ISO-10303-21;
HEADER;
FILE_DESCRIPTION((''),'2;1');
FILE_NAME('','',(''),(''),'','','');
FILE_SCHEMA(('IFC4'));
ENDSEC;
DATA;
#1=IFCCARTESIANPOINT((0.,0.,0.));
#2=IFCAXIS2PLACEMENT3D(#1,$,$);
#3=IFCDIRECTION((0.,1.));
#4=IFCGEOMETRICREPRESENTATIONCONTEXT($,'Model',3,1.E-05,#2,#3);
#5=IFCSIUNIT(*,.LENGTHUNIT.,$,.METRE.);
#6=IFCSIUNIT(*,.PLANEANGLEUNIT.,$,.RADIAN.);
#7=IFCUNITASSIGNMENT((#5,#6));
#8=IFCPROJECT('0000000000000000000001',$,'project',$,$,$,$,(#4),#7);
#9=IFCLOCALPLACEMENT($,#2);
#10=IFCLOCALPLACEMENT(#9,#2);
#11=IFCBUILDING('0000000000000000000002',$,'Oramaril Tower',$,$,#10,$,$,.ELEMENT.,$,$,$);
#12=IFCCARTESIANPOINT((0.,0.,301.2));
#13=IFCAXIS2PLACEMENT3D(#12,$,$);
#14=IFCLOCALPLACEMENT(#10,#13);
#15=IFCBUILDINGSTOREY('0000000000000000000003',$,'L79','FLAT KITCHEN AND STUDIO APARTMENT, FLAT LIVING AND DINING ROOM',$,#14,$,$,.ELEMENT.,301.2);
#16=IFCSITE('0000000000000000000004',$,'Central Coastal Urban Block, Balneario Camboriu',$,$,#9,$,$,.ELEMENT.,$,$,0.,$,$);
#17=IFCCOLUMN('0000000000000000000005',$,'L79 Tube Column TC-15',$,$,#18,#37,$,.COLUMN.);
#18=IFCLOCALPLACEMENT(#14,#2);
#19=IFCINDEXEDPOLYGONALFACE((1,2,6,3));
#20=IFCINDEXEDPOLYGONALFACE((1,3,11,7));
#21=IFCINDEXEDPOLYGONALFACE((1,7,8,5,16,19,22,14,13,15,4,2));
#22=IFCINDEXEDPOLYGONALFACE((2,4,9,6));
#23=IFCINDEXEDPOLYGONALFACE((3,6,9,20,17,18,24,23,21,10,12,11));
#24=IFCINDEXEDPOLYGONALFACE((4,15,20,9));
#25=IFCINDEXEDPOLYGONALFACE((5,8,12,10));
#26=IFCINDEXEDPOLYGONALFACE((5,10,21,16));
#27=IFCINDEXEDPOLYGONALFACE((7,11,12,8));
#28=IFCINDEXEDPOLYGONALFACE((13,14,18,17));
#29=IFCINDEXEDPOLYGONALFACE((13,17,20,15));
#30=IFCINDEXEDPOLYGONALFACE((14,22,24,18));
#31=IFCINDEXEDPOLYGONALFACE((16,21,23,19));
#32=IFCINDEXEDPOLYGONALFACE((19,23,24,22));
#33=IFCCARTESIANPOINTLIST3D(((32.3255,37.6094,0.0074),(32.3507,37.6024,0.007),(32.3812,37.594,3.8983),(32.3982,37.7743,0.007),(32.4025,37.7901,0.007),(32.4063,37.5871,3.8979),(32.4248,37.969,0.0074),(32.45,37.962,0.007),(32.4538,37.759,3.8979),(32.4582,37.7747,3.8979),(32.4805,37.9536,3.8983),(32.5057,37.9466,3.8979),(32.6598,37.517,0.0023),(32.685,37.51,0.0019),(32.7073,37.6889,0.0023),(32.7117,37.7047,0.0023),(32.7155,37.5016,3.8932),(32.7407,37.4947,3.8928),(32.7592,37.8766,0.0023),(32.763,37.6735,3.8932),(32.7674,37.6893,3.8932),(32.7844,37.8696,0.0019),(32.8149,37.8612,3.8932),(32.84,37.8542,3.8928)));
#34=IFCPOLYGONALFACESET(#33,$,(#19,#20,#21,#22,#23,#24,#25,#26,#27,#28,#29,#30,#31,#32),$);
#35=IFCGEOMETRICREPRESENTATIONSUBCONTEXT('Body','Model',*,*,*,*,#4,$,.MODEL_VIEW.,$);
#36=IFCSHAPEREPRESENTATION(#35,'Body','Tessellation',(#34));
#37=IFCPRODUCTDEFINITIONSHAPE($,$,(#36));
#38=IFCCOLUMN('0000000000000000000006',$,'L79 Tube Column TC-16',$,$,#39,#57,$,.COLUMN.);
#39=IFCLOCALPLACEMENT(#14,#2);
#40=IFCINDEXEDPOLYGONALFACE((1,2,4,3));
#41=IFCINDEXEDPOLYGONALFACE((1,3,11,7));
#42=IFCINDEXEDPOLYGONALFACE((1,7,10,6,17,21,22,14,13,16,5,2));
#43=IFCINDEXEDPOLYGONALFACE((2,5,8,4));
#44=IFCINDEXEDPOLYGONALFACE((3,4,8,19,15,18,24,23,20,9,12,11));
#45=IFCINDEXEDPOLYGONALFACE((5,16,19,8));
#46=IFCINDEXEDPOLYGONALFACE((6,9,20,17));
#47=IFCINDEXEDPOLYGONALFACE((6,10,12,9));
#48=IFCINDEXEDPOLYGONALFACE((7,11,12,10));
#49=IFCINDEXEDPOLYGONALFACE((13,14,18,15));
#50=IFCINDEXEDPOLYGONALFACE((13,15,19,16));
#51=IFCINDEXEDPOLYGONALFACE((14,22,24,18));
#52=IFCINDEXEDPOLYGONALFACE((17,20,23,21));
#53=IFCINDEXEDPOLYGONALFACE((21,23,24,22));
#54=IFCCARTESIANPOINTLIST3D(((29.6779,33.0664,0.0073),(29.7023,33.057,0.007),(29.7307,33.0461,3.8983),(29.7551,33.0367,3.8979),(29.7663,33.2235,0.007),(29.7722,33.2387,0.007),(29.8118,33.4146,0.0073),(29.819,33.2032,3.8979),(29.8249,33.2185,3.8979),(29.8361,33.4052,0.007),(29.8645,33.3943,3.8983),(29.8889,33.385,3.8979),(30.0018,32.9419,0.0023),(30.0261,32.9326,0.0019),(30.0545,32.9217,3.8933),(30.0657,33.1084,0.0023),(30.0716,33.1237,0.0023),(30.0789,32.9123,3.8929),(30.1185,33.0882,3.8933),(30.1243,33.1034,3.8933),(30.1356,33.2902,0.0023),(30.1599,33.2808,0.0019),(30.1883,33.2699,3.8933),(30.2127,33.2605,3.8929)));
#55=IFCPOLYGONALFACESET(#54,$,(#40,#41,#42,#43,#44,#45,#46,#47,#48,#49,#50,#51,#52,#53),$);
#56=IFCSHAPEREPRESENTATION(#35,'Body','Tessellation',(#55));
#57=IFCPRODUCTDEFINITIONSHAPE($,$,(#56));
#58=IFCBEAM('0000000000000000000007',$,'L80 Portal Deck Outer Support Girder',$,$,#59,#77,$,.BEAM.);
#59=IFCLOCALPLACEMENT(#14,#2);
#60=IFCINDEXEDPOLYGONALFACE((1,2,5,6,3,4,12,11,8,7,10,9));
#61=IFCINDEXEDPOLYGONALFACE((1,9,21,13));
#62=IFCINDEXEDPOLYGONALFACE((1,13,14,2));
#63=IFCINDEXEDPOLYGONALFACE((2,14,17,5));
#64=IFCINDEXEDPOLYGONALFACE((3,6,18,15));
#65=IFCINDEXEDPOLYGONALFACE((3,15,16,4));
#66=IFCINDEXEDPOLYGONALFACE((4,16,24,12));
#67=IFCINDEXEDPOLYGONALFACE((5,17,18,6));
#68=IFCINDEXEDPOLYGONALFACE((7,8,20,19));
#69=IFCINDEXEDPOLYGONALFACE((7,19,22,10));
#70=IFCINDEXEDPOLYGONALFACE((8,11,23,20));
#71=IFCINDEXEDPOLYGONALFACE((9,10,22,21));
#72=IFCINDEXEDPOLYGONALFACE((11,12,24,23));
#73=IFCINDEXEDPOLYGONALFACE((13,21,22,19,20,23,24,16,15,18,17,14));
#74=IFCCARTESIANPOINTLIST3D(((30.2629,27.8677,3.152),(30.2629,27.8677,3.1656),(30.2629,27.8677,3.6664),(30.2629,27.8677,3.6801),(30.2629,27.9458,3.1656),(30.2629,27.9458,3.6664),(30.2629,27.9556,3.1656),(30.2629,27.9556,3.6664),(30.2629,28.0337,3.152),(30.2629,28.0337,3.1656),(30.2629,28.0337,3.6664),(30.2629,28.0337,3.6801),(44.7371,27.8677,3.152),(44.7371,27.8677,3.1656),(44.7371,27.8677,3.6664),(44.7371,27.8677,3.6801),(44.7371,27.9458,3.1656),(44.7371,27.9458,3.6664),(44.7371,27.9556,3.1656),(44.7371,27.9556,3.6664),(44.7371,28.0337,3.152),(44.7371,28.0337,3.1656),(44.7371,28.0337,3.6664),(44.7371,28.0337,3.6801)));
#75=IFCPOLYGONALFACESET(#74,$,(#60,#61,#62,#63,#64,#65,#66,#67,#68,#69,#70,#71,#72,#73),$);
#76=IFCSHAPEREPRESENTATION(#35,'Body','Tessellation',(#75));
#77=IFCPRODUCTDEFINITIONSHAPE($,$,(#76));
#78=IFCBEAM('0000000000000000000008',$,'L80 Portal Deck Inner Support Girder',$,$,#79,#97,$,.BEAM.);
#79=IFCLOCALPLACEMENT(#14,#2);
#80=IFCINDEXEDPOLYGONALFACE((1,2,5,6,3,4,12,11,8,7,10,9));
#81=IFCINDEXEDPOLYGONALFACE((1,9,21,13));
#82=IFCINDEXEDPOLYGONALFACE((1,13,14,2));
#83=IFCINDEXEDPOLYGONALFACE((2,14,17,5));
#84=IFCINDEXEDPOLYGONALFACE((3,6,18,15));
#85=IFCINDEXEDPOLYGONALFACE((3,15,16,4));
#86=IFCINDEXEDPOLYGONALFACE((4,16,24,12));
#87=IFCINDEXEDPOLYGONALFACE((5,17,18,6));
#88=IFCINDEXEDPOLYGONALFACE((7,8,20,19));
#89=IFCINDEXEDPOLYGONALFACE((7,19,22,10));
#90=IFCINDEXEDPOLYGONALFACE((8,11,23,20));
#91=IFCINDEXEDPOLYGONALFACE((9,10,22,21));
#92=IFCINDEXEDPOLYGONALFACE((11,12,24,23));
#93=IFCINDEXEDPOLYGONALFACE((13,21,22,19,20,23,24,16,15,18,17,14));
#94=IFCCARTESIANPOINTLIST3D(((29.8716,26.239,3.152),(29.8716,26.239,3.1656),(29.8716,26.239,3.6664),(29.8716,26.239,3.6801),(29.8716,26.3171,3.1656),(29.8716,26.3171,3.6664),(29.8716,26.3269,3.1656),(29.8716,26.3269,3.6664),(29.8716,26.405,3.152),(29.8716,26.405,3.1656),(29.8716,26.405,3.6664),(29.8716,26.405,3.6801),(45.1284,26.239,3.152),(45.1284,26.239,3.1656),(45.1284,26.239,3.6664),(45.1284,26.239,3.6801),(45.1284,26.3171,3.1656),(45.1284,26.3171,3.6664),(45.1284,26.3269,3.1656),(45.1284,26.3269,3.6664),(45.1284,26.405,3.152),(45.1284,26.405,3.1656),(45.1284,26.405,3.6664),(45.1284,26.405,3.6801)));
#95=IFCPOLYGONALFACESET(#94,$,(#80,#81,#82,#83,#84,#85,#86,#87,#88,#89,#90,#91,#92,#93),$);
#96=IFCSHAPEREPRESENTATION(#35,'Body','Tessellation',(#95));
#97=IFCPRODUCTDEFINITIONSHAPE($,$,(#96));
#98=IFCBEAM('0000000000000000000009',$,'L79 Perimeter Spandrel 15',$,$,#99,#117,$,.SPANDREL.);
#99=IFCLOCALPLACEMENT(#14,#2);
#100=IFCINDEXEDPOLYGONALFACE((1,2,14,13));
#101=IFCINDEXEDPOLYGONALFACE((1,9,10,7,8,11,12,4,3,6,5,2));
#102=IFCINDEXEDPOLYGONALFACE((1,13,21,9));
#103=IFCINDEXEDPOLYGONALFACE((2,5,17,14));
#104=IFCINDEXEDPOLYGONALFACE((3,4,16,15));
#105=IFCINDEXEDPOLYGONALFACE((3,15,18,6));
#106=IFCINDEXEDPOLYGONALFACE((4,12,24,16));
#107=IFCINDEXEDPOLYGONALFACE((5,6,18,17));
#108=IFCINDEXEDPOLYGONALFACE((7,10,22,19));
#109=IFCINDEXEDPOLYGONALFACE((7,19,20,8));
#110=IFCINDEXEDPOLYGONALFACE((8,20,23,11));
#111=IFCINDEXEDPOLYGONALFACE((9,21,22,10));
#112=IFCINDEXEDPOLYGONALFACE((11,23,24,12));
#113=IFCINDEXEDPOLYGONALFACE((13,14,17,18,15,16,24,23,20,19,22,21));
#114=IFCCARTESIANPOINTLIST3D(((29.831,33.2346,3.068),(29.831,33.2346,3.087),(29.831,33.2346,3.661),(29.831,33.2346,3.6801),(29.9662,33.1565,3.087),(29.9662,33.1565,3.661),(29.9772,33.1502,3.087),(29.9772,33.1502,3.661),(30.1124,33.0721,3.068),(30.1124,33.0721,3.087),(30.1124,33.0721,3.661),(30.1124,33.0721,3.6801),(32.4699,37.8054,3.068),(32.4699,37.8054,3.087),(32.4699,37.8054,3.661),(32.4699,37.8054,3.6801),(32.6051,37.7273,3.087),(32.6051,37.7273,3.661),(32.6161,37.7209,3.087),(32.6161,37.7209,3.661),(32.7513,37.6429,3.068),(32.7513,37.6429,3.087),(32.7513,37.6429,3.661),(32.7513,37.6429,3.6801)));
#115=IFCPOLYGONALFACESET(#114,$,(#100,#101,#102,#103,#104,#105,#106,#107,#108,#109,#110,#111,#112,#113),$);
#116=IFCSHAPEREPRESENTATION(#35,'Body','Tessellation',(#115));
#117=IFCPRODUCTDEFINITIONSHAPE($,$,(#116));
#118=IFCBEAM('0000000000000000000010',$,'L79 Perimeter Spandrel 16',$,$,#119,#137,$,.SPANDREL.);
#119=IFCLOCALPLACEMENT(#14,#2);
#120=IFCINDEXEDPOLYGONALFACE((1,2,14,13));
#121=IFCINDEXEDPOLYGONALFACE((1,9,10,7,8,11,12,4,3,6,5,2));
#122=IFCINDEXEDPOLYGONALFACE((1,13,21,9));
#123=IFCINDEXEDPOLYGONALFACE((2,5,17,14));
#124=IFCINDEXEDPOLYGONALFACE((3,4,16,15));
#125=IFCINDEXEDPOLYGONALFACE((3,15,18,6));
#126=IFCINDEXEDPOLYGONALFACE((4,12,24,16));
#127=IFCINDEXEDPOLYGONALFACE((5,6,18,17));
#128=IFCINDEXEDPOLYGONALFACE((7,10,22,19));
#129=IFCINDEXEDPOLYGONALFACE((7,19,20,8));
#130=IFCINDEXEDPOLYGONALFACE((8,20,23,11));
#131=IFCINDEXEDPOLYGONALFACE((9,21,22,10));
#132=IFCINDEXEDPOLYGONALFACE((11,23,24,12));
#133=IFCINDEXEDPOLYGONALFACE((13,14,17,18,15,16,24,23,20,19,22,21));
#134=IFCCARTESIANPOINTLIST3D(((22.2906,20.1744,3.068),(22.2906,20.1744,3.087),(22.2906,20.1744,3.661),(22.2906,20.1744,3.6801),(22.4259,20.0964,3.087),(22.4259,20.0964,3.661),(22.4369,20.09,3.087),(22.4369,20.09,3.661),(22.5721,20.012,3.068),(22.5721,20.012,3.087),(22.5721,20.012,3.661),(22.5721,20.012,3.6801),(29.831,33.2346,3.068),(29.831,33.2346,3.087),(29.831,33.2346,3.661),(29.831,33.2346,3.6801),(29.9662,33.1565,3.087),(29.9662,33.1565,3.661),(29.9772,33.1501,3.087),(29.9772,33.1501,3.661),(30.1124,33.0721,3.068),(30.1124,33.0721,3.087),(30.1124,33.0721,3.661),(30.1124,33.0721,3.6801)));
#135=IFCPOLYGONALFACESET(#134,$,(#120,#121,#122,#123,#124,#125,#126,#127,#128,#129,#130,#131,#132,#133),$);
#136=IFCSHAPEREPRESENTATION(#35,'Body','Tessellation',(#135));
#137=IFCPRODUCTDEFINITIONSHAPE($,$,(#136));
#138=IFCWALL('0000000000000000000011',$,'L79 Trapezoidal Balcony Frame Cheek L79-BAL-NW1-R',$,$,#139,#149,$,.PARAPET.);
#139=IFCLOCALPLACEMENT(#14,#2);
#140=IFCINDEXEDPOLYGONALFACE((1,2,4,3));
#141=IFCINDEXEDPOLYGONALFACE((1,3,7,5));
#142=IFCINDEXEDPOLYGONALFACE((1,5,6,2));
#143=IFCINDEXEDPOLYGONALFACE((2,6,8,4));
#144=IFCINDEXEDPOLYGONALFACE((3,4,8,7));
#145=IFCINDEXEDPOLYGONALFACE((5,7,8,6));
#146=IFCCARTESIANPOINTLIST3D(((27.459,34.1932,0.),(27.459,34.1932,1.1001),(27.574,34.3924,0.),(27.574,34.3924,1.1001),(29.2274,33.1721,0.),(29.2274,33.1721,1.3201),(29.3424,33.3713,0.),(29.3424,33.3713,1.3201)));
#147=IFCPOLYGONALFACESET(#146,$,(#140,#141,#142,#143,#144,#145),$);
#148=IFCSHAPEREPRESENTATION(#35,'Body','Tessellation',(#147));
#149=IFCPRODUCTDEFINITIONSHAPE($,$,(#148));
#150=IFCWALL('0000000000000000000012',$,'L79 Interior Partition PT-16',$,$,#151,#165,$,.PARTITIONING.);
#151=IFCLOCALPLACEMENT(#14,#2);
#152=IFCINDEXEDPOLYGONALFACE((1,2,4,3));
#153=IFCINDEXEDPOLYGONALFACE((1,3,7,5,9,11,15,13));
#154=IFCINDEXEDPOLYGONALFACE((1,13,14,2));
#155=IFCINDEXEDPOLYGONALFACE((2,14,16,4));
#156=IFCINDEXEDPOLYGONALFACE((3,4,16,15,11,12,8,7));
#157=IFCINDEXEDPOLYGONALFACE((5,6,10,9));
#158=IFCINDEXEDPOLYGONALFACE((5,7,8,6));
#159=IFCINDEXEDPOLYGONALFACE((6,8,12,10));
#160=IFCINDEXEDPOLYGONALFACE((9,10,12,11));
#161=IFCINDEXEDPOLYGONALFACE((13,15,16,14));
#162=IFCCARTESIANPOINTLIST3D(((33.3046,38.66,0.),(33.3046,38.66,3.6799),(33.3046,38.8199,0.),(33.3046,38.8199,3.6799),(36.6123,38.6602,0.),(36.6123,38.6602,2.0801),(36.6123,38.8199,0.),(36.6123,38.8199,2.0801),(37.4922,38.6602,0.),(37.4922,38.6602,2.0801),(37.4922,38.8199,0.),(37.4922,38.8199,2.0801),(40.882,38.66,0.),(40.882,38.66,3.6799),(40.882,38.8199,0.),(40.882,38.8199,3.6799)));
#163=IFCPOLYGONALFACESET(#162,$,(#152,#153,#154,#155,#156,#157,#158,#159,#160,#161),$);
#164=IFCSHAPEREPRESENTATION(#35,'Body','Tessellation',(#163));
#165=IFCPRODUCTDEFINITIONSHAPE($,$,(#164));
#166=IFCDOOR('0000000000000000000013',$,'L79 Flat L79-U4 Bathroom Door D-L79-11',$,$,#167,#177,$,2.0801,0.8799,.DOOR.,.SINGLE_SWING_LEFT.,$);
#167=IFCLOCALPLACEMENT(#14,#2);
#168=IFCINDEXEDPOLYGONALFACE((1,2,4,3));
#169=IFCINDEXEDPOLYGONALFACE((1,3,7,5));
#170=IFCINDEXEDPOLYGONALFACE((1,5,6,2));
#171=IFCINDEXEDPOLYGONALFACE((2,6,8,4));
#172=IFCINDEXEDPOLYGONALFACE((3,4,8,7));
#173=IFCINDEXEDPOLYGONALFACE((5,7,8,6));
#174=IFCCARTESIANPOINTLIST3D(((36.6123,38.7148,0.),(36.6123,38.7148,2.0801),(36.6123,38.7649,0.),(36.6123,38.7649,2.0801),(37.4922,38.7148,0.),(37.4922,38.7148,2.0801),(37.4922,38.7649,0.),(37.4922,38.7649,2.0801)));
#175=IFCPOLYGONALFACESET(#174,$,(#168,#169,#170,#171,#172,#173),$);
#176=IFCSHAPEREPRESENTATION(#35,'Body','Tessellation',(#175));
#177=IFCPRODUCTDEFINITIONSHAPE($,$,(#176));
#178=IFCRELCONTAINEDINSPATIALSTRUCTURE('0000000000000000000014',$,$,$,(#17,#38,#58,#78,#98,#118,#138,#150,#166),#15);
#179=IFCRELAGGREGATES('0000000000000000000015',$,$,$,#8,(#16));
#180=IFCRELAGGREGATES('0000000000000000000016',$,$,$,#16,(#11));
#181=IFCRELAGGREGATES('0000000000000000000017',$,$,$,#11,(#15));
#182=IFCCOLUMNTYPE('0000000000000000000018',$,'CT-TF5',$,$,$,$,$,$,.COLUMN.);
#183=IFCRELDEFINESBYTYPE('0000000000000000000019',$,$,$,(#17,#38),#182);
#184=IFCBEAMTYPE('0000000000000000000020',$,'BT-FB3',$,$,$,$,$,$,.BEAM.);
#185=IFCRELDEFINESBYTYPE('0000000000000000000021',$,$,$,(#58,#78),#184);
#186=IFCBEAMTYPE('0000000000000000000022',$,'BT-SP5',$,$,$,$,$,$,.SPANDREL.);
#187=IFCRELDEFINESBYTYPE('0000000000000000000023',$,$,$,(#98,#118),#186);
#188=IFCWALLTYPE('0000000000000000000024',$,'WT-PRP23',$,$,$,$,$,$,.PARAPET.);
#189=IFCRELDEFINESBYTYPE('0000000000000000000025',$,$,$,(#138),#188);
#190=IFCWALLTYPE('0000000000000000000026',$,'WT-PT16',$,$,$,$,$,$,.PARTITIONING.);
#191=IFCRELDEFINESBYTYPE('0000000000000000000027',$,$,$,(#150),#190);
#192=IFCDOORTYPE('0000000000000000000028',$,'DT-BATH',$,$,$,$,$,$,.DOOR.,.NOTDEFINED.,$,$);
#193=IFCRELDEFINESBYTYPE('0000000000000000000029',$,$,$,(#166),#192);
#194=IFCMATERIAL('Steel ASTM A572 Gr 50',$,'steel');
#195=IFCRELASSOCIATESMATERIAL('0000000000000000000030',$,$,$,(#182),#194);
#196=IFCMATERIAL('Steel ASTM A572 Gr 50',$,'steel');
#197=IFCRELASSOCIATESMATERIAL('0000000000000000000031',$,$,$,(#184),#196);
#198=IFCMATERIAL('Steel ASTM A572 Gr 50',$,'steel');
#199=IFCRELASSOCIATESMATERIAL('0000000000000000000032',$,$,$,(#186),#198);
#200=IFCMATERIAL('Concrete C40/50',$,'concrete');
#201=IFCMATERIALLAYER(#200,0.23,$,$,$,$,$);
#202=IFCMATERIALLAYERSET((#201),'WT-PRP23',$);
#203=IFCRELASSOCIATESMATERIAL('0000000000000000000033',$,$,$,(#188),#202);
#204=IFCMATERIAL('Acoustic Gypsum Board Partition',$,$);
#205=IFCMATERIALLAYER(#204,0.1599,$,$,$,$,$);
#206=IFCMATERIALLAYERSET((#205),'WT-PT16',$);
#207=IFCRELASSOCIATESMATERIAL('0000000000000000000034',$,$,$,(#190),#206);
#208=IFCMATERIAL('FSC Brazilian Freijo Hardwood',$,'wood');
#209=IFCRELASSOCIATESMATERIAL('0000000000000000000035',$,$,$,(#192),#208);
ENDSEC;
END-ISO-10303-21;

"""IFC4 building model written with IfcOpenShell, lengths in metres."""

from ifc_helpers import new_model, si_unit, direction, frame, frame_2d, origin, origin_2d, place, context, subcontext, project, spatial, polyline, rectangle, i_section, outline, extrude, material, layer, layer_set, material_profile, profile_set, type_object, element, fill, save


model = new_model("IFC4")

# Units and contexts
model_context = context("Model", 3, precision=1e-05, world=origin(), true_north=direction((0.0, 1.0)))
body_context = subcontext(model_context, "Body", "Model", "MODEL_VIEW")
ifc_project = project(units=[si_unit("LENGTHUNIT", "METRE"), si_unit("PLANEANGLEUNIT", "RADIAN")], contexts=[model_context])

# Site, building, storey
site_placement = place(None, origin())
site = spatial("IfcSite", under=ifc_project, at=site_placement, Name="Central Coastal Urban Block, Balneario Camboriu", CompositionType="ELEMENT", RefElevation=0.0)
building_placement = place(site_placement, origin())
building = spatial("IfcBuilding", under=site, at=building_placement, Name="Oramaril Tower", CompositionType="ELEMENT")
storey_placement = place(building_placement, frame((0.0, 0.0, 301.2)))
storey = spatial("IfcBuildingStorey", under=building, at=storey_placement, Name="L79", Description="FLAT KITCHEN AND STUDIO APARTMENT, FLAT LIVING AND DINING ROOM", CompositionType="ELEMENT", Elevation=301.2)

# Columns
ifc_material_1 = material(Name="Steel ASTM A572 Gr 50", Category="steel")
ifc_material_profile_1 = material_profile(ifc_material_1, i_section(OverallWidth=0.373, OverallDepth=0.373, WebThickness=0.0164, FlangeThickness=0.0261, at=origin_2d()), Name="W14X132")
ifc_profile_set_1 = profile_set([ifc_material_profile_1], Name="Steel ASTM A572 Gr 50")
column_type = type_object("IfcColumnType", Name="CT-TF5", PredefinedType="COLUMN", material=ifc_profile_set_1)
for number, where, z_axis, x_axis, name in (
    (1, (32.5549, 37.7395, 0.0046), (0.014305, -0.003953, 0.99989), (0.266335, 0.96388, 0.0), "L79 Tube Column TC-15"),
    (2, (29.9189, 33.1736, 0.0046), (0.013552, -0.005207, 0.999895), (0.358689, 0.933457, 0.0), "L79 Tube Column TC-16"),
):
    element("IfcColumn", number, at=place(storey_placement, frame(where, z_axis=z_axis, x_axis=x_axis)), inside=storey, type_object=column_type, Name=name, PredefinedType="COLUMN", context=body_context, shape_type="SweptSolid", body=[
        extrude(i_section(OverallWidth=0.373, OverallDepth=0.373, WebThickness=0.0164, FlangeThickness=0.0261, at=origin_2d()), origin(), (0.0, 0.0, 1.0), 3.8914),
    ])

# Beams
ifc_material_2 = material(Name="Steel ASTM A572 Gr 50", Category="steel")
ifc_material_profile_2 = material_profile(ifc_material_2, i_section(OverallWidth=0.166, OverallDepth=0.5281, WebThickness=0.0098, FlangeThickness=0.0137, at=origin_2d()), Name="W21X50")
ifc_profile_set_2 = profile_set([ifc_material_profile_2], Name="Steel ASTM A572 Gr 50")
beam_type_1 = type_object("IfcBeamType", Name="BT-FB3", PredefinedType="BEAM", material=ifc_profile_set_2)
beam_1_placement = place(storey_placement, frame((30.2629, 27.9507, 3.416), z_axis=(1.0, 0.0, 0.0), x_axis=(0.0, 1.0, 0.0)))
element("IfcBeam", 3, at=beam_1_placement, inside=storey, type_object=beam_type_1, Name="L80 Portal Deck Outer Support Girder", PredefinedType="BEAM", context=body_context, shape_type="SweptSolid", body=[
    extrude(i_section(OverallWidth=0.166, OverallDepth=0.5281, WebThickness=0.0098, FlangeThickness=0.0137, at=origin_2d()), origin(), (0.0, 0.0, 1.0), 14.4741),
])
beam_2_placement = place(storey_placement, frame((29.8716, 26.322, 3.416), z_axis=(1.0, 0.0, 0.0), x_axis=(0.0, 1.0, 0.0)))
element("IfcBeam", 4, at=beam_2_placement, inside=storey, type_object=beam_type_1, Name="L80 Portal Deck Inner Support Girder", PredefinedType="BEAM", context=body_context, shape_type="SweptSolid", body=[
    extrude(i_section(OverallWidth=0.166, OverallDepth=0.5281, WebThickness=0.0098, FlangeThickness=0.0137, at=origin_2d()), origin(), (0.0, 0.0, 1.0), 15.2568),
])
ifc_material_3 = material(Name="Steel ASTM A572 Gr 50", Category="steel")
ifc_material_profile_3 = material_profile(ifc_material_3, i_section(OverallWidth=0.325, OverallDepth=0.6121, WebThickness=0.0127, FlangeThickness=0.019, at=origin_2d()), Name="W24X104")
ifc_profile_set_3 = profile_set([ifc_material_profile_3], Name="Steel ASTM A572 Gr 50")
beam_type_2 = type_object("IfcBeamType", Name="BT-SP5", PredefinedType="SPANDREL", material=ifc_profile_set_3)
beam_3_placement = place(storey_placement, frame((32.6106, 37.7241, 3.374), z_axis=(-0.499995, -0.866028, 0.0), x_axis=(0.866028, -0.499995, 0.0)))
element("IfcBeam", 5, at=beam_3_placement, inside=storey, type_object=beam_type_2, Name="L79 Perimeter Spandrel 15", PredefinedType="SPANDREL", context=body_context, shape_type="SweptSolid", body=[
    extrude(i_section(OverallWidth=0.325, OverallDepth=0.6121, WebThickness=0.0127, FlangeThickness=0.019, at=origin_2d()), origin(), (0.0, 0.0, 1.0), 5.2778),
])
beam_4_placement = place(storey_placement, frame((29.9717, 33.1533, 3.374), z_axis=(-0.500003, -0.866024, 0.0), x_axis=(0.866024, -0.500003, 0.0)))
element("IfcBeam", 6, at=beam_4_placement, inside=storey, type_object=beam_type_2, Name="L79 Perimeter Spandrel 16", PredefinedType="SPANDREL", context=body_context, shape_type="SweptSolid", body=[
    extrude(i_section(OverallWidth=0.325, OverallDepth=0.6121, WebThickness=0.0127, FlangeThickness=0.019, at=origin_2d()), origin(), (0.0, 0.0, 1.0), 15.0806),
])

# Wall
ifc_material_4 = material(Name="Concrete C40/50", Category="concrete")
ifc_layer_1 = layer(ifc_material_4, 0.23)
ifc_layer_set_1 = layer_set([ifc_layer_1], Name="WT-PRP23")
wall_type_1 = type_object("IfcWallType", Name="WT-PRP23", PredefinedType="PARAPET", material=ifc_layer_set_1)
wall_1_placement = place(storey_placement, frame((29.2849, 33.2717, 0.0), z_axis=(0.0, 0.0, 1.0), x_axis=(-0.866012, 0.500023, 0.0)))
element("IfcWall", 7, at=wall_1_placement, inside=storey, type_object=wall_type_1, Name="L79 Trapezoidal Balcony Frame Cheek L79-BAL-NW1-R", PredefinedType="PARAPET", context=body_context, shape_type="SweptSolid", body=[
    extrude(outline(polyline([(0.0, 0.0), (2.042, 0.0), (2.042, 1.1001), (0.0, 1.3201), (0.0, 0.0)])), frame((0.0, 0.115, 0.0), z_axis=(0.0, -1.0, 0.0), x_axis=(1.0, 0.0, 0.0)), (0.0, 0.0, 1.0), 0.23),
])

# Wall, opening, door
ifc_material_5 = material(Name="Acoustic Gypsum Board Partition")
ifc_layer_2 = layer(ifc_material_5, 0.1599)
ifc_layer_set_2 = layer_set([ifc_layer_2], Name="WT-PT16")
wall_type_2 = type_object("IfcWallType", Name="WT-PT16", PredefinedType="PARTITIONING", material=ifc_layer_set_2)
wall_2_placement = place(storey_placement, frame((33.3047, 38.74, 0.0), z_axis=(0.0, 0.0, 1.0), x_axis=(1.0, 0.0, 0.0)))
wall_2 = element("IfcWall", 8, at=wall_2_placement, inside=storey, type_object=wall_type_2, Name="L79 Interior Partition PT-16", PredefinedType="PARTITIONING", context=body_context, shape_type="SweptSolid", body=[
    extrude(rectangle(XDim=7.5774, YDim=0.1599, at=frame_2d((3.7886, 0.0))), origin(), (0.0, 0.0, 1.0), 3.6799),
])
opening_1_placement = place(wall_2_placement, frame((3.3076, 0.0, 0.0)))
opening_1 = element("IfcOpeningElement", 9, at=opening_1_placement, cuts=wall_2, PredefinedType="OPENING", context=body_context, shape_type="SweptSolid", body=[
    extrude(rectangle(XDim=0.8799, YDim=2.0801, at=frame_2d((0.4399, 1.04))), frame((0.0, 0.0801, 0.0), z_axis=(0.0, -1.0, 0.0), x_axis=(1.0, 0.0, 0.0)), (0.0, 0.0, 1.0), 0.1599),
])
ifc_material_6 = material(Name="FSC Brazilian Freijo Hardwood", Category="wood")
door_type_1 = type_object("IfcDoorType", Name="DT-BATH", OperationType="NOTDEFINED", PredefinedType="DOOR", material=ifc_material_6)
door_1_placement = place(opening_1_placement, origin())
door_1 = element("IfcDoor", 10, at=door_1_placement, inside=storey, type_object=door_type_1, Name="L79 Flat L79-U4 Bathroom Door D-L79-11", OperationType="SINGLE_SWING_LEFT", OverallHeight=2.0801, OverallWidth=0.8799, PredefinedType="DOOR", context=body_context, shape_type="SweptSolid", body=[
    extrude(rectangle(XDim=0.8799, YDim=2.0801, at=frame_2d((0.4399, 1.04))), frame((0.0, 0.0249, 0.0), z_axis=(0.0, -1.0, 0.0), x_axis=(1.0, 0.0, 0.0)), (0.0, 0.0, 1.0), 0.05),
])
fill(opening_1, door_1)

save(model, "model.ifc")
